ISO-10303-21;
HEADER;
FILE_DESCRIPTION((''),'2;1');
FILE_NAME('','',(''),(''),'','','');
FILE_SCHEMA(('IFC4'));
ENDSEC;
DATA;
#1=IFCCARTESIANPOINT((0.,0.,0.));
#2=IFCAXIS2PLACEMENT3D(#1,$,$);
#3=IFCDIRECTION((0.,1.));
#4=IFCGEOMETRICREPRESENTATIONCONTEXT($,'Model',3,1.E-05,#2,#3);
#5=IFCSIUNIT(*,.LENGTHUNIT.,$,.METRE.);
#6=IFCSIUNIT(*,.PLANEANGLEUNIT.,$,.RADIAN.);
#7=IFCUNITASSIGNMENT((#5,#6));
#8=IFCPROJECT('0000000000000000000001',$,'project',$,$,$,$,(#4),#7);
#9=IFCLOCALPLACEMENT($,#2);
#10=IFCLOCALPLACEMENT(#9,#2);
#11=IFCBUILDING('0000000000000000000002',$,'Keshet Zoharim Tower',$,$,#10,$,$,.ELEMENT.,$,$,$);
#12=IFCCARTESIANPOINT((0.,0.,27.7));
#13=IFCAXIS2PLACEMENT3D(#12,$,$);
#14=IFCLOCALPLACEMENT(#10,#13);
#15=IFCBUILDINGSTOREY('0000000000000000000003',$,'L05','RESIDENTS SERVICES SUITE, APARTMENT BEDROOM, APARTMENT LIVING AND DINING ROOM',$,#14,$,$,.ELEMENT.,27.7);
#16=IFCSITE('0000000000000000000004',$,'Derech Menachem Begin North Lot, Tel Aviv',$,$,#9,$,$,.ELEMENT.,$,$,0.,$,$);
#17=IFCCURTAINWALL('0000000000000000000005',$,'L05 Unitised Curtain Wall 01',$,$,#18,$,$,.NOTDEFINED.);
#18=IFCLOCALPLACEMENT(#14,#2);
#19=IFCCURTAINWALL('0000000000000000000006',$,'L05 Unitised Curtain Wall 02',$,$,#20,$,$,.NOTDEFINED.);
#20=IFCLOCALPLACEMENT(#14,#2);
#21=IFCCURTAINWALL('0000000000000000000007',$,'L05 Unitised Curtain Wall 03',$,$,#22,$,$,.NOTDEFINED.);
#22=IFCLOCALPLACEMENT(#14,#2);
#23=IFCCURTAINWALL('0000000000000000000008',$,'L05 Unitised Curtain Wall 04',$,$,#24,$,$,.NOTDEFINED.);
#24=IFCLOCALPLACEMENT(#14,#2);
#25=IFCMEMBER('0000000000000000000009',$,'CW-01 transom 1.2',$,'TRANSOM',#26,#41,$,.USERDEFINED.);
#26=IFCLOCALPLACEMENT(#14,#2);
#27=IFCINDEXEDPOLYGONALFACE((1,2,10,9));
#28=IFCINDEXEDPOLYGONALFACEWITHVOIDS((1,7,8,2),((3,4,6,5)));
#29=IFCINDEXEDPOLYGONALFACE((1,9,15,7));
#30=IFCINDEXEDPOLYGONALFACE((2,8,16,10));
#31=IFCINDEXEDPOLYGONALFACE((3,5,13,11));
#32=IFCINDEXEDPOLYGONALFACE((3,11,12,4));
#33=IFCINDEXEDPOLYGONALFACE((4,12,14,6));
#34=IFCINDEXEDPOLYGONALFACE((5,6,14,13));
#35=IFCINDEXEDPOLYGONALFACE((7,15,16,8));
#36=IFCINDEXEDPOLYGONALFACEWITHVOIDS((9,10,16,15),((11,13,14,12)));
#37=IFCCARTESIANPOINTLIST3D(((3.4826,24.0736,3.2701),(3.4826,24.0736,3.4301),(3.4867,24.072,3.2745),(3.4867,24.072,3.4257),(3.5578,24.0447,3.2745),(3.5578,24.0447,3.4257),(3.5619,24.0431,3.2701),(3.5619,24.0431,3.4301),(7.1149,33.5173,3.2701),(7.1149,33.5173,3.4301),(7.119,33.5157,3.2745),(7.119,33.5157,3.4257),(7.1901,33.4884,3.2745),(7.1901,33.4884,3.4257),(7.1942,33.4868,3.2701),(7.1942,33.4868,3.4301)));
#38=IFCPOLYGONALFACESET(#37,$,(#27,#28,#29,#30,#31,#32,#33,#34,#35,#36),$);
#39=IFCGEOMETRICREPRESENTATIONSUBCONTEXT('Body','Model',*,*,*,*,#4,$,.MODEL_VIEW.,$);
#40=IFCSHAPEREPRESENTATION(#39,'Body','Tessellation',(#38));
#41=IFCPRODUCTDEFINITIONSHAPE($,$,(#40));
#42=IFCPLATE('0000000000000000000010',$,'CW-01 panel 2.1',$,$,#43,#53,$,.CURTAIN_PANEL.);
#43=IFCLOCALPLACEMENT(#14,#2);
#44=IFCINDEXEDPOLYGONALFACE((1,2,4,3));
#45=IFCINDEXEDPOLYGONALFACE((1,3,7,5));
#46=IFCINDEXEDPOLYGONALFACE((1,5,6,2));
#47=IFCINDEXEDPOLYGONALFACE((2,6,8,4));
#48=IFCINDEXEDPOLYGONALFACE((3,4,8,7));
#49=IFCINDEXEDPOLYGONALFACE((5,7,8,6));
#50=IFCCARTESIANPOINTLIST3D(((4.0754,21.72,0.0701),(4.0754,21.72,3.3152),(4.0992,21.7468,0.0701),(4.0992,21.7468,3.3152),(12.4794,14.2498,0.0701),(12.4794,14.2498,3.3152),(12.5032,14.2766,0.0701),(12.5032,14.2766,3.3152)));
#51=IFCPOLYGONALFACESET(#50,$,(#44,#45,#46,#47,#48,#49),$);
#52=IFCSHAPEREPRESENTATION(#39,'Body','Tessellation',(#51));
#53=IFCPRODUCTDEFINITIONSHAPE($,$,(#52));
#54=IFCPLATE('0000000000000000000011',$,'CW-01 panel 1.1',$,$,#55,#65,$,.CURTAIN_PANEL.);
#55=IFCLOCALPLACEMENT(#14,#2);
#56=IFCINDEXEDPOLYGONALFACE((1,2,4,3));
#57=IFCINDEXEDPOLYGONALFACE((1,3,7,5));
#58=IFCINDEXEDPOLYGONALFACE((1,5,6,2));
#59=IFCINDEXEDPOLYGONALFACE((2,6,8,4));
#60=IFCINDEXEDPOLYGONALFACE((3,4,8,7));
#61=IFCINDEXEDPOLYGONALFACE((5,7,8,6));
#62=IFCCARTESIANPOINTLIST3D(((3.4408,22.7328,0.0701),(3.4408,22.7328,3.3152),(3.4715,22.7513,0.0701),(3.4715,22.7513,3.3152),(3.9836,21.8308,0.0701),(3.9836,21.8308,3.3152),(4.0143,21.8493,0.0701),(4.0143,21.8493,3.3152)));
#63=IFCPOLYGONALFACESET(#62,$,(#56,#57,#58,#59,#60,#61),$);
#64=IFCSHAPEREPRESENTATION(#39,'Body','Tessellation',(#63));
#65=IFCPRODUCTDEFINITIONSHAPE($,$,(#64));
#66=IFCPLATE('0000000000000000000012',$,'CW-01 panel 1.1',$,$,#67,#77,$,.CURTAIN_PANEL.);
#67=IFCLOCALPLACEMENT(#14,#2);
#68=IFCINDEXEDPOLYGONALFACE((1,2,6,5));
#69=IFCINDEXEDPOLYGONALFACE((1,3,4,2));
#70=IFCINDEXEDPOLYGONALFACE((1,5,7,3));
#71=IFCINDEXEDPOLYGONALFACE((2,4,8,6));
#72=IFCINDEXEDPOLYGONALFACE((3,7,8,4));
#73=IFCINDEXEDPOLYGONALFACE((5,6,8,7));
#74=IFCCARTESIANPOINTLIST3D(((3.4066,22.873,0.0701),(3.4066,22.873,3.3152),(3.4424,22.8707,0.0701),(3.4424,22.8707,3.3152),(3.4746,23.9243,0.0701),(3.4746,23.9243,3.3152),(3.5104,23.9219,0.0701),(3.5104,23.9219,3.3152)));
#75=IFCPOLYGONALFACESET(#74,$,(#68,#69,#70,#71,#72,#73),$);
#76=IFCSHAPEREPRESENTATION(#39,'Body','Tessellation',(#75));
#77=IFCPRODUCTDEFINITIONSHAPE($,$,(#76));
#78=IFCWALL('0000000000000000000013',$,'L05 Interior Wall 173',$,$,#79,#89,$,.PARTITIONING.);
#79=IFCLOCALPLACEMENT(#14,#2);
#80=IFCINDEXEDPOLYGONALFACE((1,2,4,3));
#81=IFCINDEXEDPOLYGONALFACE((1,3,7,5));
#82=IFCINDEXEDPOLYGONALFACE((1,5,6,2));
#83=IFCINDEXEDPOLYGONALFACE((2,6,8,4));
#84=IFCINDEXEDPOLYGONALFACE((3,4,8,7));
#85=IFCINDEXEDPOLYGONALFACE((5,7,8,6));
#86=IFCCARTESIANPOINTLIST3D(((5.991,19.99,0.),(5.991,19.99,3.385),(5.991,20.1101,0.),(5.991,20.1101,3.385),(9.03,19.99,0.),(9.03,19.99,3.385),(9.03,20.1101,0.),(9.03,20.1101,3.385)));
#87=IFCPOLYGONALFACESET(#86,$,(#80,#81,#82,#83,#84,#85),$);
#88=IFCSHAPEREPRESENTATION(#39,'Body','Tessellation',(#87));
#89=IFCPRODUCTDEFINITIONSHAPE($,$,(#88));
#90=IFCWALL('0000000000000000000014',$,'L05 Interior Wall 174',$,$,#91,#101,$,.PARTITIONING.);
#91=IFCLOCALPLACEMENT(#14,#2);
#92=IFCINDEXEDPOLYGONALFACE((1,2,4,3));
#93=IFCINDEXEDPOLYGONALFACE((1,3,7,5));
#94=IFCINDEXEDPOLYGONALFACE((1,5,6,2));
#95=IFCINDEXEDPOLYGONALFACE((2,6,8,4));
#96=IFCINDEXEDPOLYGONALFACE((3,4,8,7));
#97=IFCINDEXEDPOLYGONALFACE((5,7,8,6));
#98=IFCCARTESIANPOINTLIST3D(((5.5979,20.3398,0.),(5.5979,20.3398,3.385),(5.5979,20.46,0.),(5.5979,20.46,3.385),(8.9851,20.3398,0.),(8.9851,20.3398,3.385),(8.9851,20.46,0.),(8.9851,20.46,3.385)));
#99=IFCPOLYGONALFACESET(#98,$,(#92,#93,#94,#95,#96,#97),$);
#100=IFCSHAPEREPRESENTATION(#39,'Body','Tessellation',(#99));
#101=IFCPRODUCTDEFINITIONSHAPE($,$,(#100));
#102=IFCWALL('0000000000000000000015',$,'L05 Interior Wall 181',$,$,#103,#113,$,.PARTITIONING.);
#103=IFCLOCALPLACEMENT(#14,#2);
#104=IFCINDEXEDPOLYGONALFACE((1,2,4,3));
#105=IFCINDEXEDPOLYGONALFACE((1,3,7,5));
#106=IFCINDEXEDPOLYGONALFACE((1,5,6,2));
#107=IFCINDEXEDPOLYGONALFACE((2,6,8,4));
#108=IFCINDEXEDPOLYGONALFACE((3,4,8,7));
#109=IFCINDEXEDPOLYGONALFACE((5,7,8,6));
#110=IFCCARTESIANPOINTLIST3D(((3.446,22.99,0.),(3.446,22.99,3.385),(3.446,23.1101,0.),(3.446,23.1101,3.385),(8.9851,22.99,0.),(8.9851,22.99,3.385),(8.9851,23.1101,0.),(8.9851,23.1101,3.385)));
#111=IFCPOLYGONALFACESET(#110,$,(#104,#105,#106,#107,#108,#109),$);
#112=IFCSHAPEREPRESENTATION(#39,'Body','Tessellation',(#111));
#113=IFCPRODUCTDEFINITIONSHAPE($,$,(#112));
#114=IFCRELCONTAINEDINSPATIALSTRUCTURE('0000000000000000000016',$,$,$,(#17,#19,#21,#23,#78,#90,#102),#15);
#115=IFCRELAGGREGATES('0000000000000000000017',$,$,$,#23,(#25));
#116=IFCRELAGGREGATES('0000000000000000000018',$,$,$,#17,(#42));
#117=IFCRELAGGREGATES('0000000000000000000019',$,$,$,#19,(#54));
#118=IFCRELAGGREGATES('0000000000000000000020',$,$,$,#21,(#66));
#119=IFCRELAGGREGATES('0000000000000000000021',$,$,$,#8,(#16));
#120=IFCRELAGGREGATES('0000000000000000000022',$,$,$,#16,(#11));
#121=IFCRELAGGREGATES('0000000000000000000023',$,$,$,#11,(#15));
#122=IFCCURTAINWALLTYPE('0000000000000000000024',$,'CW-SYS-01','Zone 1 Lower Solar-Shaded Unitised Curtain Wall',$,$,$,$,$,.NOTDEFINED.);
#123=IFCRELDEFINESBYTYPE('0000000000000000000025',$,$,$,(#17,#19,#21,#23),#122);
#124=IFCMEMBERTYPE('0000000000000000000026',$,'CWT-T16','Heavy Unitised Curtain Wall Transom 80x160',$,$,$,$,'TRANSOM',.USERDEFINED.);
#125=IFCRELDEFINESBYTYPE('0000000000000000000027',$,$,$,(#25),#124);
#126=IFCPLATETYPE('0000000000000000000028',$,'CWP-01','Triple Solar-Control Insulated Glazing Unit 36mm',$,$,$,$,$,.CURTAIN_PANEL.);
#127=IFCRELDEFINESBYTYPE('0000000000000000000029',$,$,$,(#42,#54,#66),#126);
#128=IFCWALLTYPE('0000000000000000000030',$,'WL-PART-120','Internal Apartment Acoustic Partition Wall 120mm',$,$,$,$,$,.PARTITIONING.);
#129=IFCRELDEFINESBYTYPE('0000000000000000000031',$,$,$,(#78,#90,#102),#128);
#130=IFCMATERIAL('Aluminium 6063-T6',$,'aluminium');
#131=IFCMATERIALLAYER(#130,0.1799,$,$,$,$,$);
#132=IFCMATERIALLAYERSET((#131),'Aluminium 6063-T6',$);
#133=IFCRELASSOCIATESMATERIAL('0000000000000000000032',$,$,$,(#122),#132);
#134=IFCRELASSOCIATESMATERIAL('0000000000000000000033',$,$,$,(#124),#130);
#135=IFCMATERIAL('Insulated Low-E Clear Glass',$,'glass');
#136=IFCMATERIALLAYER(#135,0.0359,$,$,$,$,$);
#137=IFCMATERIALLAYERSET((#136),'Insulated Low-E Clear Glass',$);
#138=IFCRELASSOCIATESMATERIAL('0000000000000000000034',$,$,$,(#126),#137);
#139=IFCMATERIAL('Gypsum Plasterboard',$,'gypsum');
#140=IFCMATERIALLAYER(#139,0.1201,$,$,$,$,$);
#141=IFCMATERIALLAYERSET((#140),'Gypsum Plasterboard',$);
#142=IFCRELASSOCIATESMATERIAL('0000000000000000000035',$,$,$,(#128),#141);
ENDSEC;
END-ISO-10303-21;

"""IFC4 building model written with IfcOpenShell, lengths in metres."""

from ifc_helpers import new_model, si_unit, direction, frame, frame_2d, origin, origin_2d, place, context, subcontext, project, spatial, rectangle, hollow_rectangle, extrude, material, layer, layer_set, material_profile, profile_set, type_object, element, aggregate, save


model = new_model("IFC4")

# Units and contexts
model_context = context("Model", 3, precision=1e-05, world=origin(), true_north=direction((0.0, 1.0)))
body_context = subcontext(model_context, "Body", "Model", "MODEL_VIEW")
ifc_project = project(units=[si_unit("LENGTHUNIT", "METRE"), si_unit("PLANEANGLEUNIT", "RADIAN")], contexts=[model_context])

# Site, building, storey
site_placement = place(None, origin())
site = spatial("IfcSite", under=ifc_project, at=site_placement, Name="Derech Menachem Begin North Lot, Tel Aviv", CompositionType="ELEMENT", RefElevation=0.0)
building_placement = place(site_placement, origin())
building = spatial("IfcBuilding", under=site, at=building_placement, Name="Keshet Zoharim Tower", CompositionType="ELEMENT")
storey_placement = place(building_placement, frame((0.0, 0.0, 27.7)))
storey = spatial("IfcBuildingStorey", under=building, at=storey_placement, Name="L05", Description="RESIDENTS SERVICES SUITE, APARTMENT BEDROOM, APARTMENT LIVING AND DINING ROOM", CompositionType="ELEMENT", Elevation=27.7)

# Curtain wall
ifc_material_1 = material(Name="Aluminium 6063-T6", Category="aluminium")
ifc_layer_1 = layer(ifc_material_1, 0.1799)
ifc_layer_set_1 = layer_set([ifc_layer_1], Name="Aluminium 6063-T6")
curtain_wall_type = type_object("IfcCurtainWallType", Name="CW-SYS-01", Description="Zone 1 Lower Solar-Shaded Unitised Curtain Wall", PredefinedType="NOTDEFINED", material=ifc_layer_set_1)
curtain_wall_1_placement = place(storey_placement, origin())
curtain_wall_1 = element("IfcCurtainWall", 1, at=curtain_wall_1_placement, inside=storey, type_object=curtain_wall_type, Name="L05 Unitised Curtain Wall 01", PredefinedType="NOTDEFINED")

# Curtain walls
curtain_wall_2_placement = place(storey_placement, origin())
curtain_wall_2 = element("IfcCurtainWall", 2, at=curtain_wall_2_placement, inside=storey, type_object=curtain_wall_type, Name="L05 Unitised Curtain Wall 02", PredefinedType="NOTDEFINED")
curtain_wall_3_placement = place(storey_placement, origin())
curtain_wall_3 = element("IfcCurtainWall", 3, at=curtain_wall_3_placement, inside=storey, type_object=curtain_wall_type, Name="L05 Unitised Curtain Wall 03", PredefinedType="NOTDEFINED")

# Curtain wall
curtain_wall_4_placement = place(storey_placement, origin())
curtain_wall_4 = element("IfcCurtainWall", 4, at=curtain_wall_4_placement, inside=storey, type_object=curtain_wall_type, Name="L05 Unitised Curtain Wall 04", PredefinedType="NOTDEFINED")

# Member
ifc_material_profile_1 = material_profile(ifc_material_1, hollow_rectangle(XDim=0.085, YDim=0.1599, WallThickness=0.0044, at=origin_2d()), Name="TRN-85x160")
ifc_profile_set_1 = profile_set([ifc_material_profile_1], Name="Aluminium 6063-T6")
member_type_1 = type_object("IfcMemberType", Name="CWT-T16", Description="Heavy Unitised Curtain Wall Transom 80x160", ElementType="TRANSOM", PredefinedType="USERDEFINED", material=ifc_profile_set_1)
member_1_placement = place(storey_placement, frame((3.5222, 24.0583, 3.3501), z_axis=(0.358994, 0.93334, 0.0), x_axis=(-0.93334, 0.358994, 0.0)))
member_1 = element("IfcMember", 5, at=member_1_placement, type_object=member_type_1, Name="CW-01 transom 1.2", ObjectType="TRANSOM", PredefinedType="USERDEFINED", context=body_context, shape_type="SweptSolid", body=[
    extrude(hollow_rectangle(XDim=0.085, YDim=0.1599, WallThickness=0.0044, at=origin_2d()), origin(), (0.0, 0.0, 1.0), 10.1182),
])
aggregate(curtain_wall_4, [member_1])

# Plates
ifc_material_2 = material(Name="Insulated Low-E Clear Glass", Category="glass")
ifc_layer_2 = layer(ifc_material_2, 0.0359)
ifc_layer_set_2 = layer_set([ifc_layer_2], Name="Insulated Low-E Clear Glass")
plate_type = type_object("IfcPlateType", Name="CWP-01", Description="Triple Solar-Control Insulated Glazing Unit 36mm", PredefinedType="CURTAIN_PANEL", material=ifc_layer_set_2)
plate_1_placement = place(storey_placement, frame((8.2893, 17.9983, 0.0701), z_axis=(0.0, 0.0, 1.0), x_axis=(-0.747409, 0.664364, 0.0)))
plate_1 = element("IfcPlate", 6, at=plate_1_placement, type_object=plate_type, Name="CW-01 panel 2.1", PredefinedType="CURTAIN_PANEL", context=body_context, shape_type="SweptSolid", body=[
    extrude(rectangle(XDim=11.2441, YDim=0.0359, at=origin_2d()), origin(), (0.0, 0.0, 1.0), 3.2451),
])
aggregate(curtain_wall_1, [plate_1])
plate_2_placement = place(storey_placement, frame((3.7275, 22.291, 0.0701), z_axis=(0.0, 0.0, 1.0), x_axis=(-0.515605, 0.856826, 0.0)))
plate_2 = element("IfcPlate", 7, at=plate_2_placement, type_object=plate_type, Name="CW-01 panel 1.1", PredefinedType="CURTAIN_PANEL", context=body_context, shape_type="SweptSolid", body=[
    extrude(rectangle(XDim=1.0527, YDim=0.0359, at=origin_2d()), origin(), (0.0, 0.0, 1.0), 3.2451),
])
aggregate(curtain_wall_2, [plate_2])
plate_3_placement = place(storey_placement, frame((3.4585, 23.3975, 0.0701), z_axis=(0.0, 0.0, 1.0), x_axis=(0.064517, 0.997917, 0.0)))
plate_3 = element("IfcPlate", 8, at=plate_3_placement, type_object=plate_type, Name="CW-01 panel 1.1", PredefinedType="CURTAIN_PANEL", context=body_context, shape_type="SweptSolid", body=[
    extrude(rectangle(XDim=1.0535, YDim=0.0359, at=origin_2d()), origin(), (0.0, 0.0, 1.0), 3.2451),
])
aggregate(curtain_wall_3, [plate_3])

# Walls
ifc_material_3 = material(Name="Gypsum Plasterboard", Category="gypsum")
ifc_layer_3 = layer(ifc_material_3, 0.1201)
ifc_layer_set_3 = layer_set([ifc_layer_3], Name="Gypsum Plasterboard")
wall_type = type_object("IfcWallType", Name="WL-PART-120", Description="Internal Apartment Acoustic Partition Wall 120mm", PredefinedType="PARTITIONING", material=ifc_layer_set_3)
wall_1_placement = place(storey_placement, frame((5.991, 20.05, 0.0), z_axis=(0.0, 0.0, 1.0), x_axis=(1.0, 0.0, 0.0)))
element("IfcWall", 9, at=wall_1_placement, inside=storey, type_object=wall_type, Name="L05 Interior Wall 173", PredefinedType="PARTITIONING", context=body_context, shape_type="SweptSolid", body=[
    extrude(rectangle(XDim=3.0391, YDim=0.1201, at=frame_2d((1.5195, 0.0))), origin(), (0.0, 0.0, 1.0), 3.385),
])
wall_2_placement = place(storey_placement, frame((5.5979, 20.3999, 0.0), z_axis=(0.0, 0.0, 1.0), x_axis=(1.0, 0.0, 0.0)))
element("IfcWall", 10, at=wall_2_placement, inside=storey, type_object=wall_type, Name="L05 Interior Wall 174", PredefinedType="PARTITIONING", context=body_context, shape_type="SweptSolid", body=[
    extrude(rectangle(XDim=3.3872, YDim=0.1201, at=frame_2d((1.6936, 0.0))), origin(), (0.0, 0.0, 1.0), 3.385),
])
wall_3_placement = place(storey_placement, frame((3.446, 23.05, 0.0), z_axis=(0.0, 0.0, 1.0), x_axis=(1.0, 0.0, 0.0)))
element("IfcWall", 11, at=wall_3_placement, inside=storey, type_object=wall_type, Name="L05 Interior Wall 181", PredefinedType="PARTITIONING", context=body_context, shape_type="SweptSolid", body=[
    extrude(rectangle(XDim=5.5391, YDim=0.1201, at=frame_2d((2.7695, 0.0))), origin(), (0.0, 0.0, 1.0), 3.385),
])

save(model, "model.ifc")
